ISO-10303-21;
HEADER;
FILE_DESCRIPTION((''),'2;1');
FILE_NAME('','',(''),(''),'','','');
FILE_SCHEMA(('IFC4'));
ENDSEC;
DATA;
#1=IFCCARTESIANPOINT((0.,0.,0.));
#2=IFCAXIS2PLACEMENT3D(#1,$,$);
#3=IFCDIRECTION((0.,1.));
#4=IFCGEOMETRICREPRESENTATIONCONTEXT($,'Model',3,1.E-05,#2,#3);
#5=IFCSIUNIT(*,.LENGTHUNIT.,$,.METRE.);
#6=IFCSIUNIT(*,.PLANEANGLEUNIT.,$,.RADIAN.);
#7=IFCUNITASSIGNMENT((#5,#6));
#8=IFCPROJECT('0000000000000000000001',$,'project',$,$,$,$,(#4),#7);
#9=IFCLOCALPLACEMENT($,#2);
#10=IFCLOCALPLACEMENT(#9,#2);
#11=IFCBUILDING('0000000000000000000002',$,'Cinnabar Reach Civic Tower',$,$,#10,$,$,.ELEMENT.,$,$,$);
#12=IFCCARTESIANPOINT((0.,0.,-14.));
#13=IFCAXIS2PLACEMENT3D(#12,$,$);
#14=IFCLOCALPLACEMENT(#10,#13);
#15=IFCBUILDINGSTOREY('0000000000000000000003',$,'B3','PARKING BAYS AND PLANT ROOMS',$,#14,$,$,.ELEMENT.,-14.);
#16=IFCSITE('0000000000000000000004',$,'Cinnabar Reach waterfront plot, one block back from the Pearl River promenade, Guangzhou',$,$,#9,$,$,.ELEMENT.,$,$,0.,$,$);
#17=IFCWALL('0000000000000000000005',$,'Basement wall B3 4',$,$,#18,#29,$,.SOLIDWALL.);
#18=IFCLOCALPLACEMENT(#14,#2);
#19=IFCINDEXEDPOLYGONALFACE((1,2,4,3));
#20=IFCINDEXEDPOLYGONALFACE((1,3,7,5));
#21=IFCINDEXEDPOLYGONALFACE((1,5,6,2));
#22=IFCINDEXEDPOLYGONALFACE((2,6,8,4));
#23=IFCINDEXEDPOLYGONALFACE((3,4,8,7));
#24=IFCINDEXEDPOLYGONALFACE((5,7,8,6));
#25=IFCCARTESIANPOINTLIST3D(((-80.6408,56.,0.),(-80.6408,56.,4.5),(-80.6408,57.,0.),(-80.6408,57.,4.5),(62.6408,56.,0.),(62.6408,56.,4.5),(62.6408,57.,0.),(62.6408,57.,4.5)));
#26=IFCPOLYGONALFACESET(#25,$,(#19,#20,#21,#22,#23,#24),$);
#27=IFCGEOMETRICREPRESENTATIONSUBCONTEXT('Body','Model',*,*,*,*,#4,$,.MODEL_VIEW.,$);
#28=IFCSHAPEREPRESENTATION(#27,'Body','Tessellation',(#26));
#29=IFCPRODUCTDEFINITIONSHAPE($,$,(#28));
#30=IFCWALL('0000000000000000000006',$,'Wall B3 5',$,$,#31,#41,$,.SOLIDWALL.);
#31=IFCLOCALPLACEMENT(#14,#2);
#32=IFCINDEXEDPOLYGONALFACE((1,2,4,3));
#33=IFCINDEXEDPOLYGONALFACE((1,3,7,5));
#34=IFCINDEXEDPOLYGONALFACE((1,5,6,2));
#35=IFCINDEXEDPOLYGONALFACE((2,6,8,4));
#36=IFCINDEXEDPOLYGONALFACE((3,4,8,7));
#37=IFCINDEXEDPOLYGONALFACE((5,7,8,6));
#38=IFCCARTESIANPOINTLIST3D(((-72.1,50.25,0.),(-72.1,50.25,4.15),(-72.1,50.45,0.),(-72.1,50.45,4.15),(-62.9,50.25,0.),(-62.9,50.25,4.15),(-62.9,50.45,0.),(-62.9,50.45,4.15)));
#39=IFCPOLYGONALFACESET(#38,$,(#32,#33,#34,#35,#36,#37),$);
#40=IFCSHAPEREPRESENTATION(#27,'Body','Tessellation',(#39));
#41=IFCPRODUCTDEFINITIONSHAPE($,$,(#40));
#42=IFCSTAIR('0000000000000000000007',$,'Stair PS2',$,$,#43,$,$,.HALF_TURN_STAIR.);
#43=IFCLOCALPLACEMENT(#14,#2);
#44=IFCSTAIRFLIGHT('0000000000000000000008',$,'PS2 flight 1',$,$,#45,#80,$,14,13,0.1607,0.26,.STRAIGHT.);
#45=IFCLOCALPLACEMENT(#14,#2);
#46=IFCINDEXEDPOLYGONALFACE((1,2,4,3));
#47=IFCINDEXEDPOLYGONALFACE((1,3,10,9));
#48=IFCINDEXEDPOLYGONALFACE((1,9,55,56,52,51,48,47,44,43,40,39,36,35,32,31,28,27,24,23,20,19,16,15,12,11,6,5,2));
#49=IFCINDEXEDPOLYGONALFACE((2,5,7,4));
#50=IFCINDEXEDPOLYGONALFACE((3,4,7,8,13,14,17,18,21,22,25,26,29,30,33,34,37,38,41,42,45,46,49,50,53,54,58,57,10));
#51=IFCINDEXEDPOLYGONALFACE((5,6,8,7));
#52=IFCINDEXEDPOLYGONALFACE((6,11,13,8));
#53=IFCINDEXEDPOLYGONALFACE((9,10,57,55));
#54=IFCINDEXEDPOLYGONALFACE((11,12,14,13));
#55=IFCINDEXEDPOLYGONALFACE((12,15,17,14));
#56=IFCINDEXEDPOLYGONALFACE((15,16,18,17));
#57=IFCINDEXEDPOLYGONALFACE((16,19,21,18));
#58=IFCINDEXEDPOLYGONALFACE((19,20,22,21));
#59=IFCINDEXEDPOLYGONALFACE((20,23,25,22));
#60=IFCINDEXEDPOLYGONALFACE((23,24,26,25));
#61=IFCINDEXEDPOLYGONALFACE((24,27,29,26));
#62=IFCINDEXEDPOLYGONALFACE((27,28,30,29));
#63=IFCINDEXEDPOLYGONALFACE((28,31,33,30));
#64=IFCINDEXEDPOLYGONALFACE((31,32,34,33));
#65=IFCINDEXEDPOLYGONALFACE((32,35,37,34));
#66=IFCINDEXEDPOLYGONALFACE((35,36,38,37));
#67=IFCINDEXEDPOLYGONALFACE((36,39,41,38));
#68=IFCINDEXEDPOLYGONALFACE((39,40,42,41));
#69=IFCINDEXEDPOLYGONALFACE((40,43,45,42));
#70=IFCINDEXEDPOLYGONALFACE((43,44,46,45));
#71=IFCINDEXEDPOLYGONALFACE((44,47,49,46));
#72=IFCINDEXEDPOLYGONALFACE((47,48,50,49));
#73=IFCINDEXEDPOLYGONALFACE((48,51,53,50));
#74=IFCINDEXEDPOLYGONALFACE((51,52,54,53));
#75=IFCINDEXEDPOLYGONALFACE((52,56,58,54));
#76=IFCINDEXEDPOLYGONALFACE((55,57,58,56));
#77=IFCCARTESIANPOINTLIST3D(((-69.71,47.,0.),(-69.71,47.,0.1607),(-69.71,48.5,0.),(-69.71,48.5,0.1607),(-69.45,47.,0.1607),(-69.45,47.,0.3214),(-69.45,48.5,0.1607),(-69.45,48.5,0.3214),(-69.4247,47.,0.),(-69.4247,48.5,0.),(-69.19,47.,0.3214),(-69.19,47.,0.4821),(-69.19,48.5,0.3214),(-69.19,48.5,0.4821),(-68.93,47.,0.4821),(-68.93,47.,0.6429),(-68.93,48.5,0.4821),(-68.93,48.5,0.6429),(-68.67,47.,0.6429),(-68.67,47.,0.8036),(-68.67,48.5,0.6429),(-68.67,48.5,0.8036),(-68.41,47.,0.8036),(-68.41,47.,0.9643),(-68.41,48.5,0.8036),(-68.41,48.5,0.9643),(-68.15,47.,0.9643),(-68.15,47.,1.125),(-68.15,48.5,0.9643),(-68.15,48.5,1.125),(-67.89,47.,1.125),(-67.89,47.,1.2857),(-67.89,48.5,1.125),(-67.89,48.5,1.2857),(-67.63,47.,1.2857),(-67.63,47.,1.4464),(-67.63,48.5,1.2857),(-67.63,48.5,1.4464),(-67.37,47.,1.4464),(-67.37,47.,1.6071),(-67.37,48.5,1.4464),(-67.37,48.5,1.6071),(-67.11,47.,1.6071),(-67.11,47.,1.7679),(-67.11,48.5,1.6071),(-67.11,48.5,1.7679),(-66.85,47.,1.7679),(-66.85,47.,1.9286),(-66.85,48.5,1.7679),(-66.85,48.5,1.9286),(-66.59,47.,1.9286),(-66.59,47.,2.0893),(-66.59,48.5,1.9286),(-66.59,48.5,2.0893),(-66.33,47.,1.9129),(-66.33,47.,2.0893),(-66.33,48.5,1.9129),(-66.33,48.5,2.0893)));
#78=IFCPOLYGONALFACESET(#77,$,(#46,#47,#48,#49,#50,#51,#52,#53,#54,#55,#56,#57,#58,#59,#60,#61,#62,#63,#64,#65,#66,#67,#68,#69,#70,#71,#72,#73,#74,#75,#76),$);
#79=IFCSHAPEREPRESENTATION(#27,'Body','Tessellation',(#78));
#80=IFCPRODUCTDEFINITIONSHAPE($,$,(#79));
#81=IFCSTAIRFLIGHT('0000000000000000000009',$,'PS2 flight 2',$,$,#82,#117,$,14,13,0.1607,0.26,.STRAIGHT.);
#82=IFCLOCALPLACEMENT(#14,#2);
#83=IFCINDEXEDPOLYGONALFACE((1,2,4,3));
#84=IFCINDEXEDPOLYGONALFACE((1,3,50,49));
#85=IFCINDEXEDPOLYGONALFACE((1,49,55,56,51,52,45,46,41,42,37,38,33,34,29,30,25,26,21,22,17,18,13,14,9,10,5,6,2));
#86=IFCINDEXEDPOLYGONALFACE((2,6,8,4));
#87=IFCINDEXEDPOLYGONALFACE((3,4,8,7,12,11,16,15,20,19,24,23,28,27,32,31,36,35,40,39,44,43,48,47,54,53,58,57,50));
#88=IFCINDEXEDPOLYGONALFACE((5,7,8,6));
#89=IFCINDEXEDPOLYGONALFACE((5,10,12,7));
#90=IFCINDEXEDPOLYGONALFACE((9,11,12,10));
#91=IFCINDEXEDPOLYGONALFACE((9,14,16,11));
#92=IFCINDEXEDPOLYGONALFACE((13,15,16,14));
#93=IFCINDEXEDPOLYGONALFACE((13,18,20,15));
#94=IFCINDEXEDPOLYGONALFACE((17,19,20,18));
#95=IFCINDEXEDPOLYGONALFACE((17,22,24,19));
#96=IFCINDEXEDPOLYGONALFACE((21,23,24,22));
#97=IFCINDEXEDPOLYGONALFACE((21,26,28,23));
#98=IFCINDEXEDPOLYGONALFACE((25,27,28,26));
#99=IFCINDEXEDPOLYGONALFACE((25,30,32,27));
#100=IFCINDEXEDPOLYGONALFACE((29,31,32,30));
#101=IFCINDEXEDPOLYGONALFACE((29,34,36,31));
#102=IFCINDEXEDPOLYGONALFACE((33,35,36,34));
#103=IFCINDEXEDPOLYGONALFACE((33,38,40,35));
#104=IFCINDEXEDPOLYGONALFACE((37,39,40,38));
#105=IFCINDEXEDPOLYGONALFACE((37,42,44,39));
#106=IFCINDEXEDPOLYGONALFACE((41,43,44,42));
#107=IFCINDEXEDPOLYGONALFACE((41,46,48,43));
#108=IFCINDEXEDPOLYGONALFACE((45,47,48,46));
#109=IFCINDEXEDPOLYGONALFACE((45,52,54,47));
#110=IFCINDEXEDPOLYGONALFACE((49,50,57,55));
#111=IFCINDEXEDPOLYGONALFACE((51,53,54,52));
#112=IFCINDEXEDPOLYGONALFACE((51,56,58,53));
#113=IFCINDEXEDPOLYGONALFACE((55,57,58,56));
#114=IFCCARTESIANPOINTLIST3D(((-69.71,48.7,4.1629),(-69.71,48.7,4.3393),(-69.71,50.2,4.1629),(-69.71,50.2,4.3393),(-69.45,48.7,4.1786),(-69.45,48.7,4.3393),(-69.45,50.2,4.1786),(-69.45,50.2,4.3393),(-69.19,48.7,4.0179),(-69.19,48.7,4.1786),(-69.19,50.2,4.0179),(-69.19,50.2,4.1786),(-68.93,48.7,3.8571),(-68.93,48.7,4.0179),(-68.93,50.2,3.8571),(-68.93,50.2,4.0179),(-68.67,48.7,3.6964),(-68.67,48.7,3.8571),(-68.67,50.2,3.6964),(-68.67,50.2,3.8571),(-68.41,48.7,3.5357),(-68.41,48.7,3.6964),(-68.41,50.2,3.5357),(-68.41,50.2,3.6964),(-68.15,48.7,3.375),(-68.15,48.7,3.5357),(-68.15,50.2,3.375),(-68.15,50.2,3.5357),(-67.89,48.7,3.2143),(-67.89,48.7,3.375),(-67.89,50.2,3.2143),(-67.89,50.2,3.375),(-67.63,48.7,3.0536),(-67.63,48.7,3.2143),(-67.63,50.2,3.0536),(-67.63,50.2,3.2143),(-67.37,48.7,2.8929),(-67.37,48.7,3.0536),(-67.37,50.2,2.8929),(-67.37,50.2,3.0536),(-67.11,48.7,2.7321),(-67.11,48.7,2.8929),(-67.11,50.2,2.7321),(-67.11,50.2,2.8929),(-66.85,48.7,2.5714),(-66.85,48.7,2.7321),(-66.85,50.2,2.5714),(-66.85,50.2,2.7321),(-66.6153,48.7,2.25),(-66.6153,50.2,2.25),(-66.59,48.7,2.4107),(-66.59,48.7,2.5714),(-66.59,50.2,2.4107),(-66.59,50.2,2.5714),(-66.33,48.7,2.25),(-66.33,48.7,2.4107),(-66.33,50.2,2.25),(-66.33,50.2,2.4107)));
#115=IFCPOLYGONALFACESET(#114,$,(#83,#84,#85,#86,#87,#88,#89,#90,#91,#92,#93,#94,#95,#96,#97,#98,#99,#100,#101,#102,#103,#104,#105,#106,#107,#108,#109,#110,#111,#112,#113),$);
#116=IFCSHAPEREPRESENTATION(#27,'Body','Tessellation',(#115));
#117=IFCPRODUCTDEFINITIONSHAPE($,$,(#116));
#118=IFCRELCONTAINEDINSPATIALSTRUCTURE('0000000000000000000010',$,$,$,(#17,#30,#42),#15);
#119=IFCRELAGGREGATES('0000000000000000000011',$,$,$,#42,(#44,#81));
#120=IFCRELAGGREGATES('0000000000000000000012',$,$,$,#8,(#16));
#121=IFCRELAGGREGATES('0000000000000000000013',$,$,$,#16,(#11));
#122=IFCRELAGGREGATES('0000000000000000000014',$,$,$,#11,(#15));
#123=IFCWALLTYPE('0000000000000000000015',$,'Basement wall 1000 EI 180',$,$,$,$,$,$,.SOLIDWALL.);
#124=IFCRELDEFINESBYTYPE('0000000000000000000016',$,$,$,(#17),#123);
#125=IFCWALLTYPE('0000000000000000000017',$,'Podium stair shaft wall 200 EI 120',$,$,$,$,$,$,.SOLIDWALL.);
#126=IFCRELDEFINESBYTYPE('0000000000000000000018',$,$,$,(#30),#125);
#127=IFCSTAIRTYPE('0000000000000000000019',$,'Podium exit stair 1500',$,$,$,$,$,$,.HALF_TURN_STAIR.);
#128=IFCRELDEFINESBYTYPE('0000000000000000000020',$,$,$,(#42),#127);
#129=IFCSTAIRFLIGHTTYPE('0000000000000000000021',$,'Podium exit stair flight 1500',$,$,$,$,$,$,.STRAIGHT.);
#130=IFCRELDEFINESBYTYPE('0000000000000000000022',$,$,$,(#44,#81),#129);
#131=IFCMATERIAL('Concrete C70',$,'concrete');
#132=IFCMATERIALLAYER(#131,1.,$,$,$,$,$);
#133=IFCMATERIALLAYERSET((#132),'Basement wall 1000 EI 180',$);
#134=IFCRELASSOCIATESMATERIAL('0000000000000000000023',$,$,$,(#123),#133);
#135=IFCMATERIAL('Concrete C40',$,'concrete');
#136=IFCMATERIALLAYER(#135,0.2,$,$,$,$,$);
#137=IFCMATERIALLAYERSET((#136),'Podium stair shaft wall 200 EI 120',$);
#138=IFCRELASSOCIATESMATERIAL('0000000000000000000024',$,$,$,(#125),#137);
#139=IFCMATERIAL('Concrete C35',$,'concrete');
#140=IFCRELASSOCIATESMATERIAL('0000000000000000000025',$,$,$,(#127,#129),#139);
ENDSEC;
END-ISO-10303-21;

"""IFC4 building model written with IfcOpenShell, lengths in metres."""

from ifc_helpers import new_model, si_unit, direction, frame, frame_2d, origin, place, context, subcontext, project, spatial, polyline, rectangle, outline, extrude, material, layer, layer_set, type_object, element, aggregate, save


model = new_model("IFC4")

# Units and contexts
model_context = context("Model", 3, precision=1e-05, world=origin(), true_north=direction((0.0, 1.0)))
body_context = subcontext(model_context, "Body", "Model", "MODEL_VIEW")
ifc_project = project(units=[si_unit("LENGTHUNIT", "METRE"), si_unit("PLANEANGLEUNIT", "RADIAN")], contexts=[model_context])

# Site, building, storey
site_placement = place(None, origin())
site = spatial("IfcSite", under=ifc_project, at=site_placement, Name="Cinnabar Reach waterfront plot, one block back from the Pearl River promenade, Guangzhou", CompositionType="ELEMENT", RefElevation=0.0)
building_placement = place(site_placement, origin())
building = spatial("IfcBuilding", under=site, at=building_placement, Name="Cinnabar Reach Civic Tower", CompositionType="ELEMENT")
storey_placement = place(building_placement, frame((0.0, 0.0, -14.0)))
storey = spatial("IfcBuildingStorey", under=building, at=storey_placement, Name="B3", Description="PARKING BAYS AND PLANT ROOMS", CompositionType="ELEMENT", Elevation=-14.0)

# Shared definitions
ifc_material_1 = material(Name="Concrete C40", Category="concrete")

# Shared definitions
ifc_material_2 = material(Name="Concrete C70", Category="concrete")

# Walls
ifc_layer_1 = layer(ifc_material_2, 1.0)
ifc_layer_set_1 = layer_set([ifc_layer_1], Name="Basement wall 1000 EI 180")
wall_type_1 = type_object("IfcWallType", Name="Basement wall 1000 EI 180", PredefinedType="SOLIDWALL", material=ifc_layer_set_1)
wall_1_placement = place(storey_placement, frame((-80.6408, 56.5, 0.0), z_axis=(0.0, 0.0, 1.0), x_axis=(1.0, 0.0, 0.0)))
element("IfcWall", 1, at=wall_1_placement, inside=storey, type_object=wall_type_1, Name="Basement wall B3 4", PredefinedType="SOLIDWALL", context=body_context, shape_type="SweptSolid", body=[
    extrude(rectangle(XDim=143.2816, YDim=1.0, at=frame_2d((71.6408, 0.0))), origin(), (0.0, 0.0, 1.0), 4.5),
])
ifc_layer_2 = layer(ifc_material_1, 0.2)
ifc_layer_set_2 = layer_set([ifc_layer_2], Name="Podium stair shaft wall 200 EI 120")
wall_type_2 = type_object("IfcWallType", Name="Podium stair shaft wall 200 EI 120", PredefinedType="SOLIDWALL", material=ifc_layer_set_2)
wall_2_placement = place(storey_placement, frame((-72.1, 50.35, 0.0), z_axis=(0.0, 0.0, 1.0), x_axis=(1.0, 0.0, 0.0)))
element("IfcWall", 2, at=wall_2_placement, inside=storey, type_object=wall_type_2, Name="Wall B3 5", PredefinedType="SOLIDWALL", context=body_context, shape_type="SweptSolid", body=[
    extrude(rectangle(XDim=9.2, YDim=0.2, at=frame_2d((4.6, 0.0))), origin(), (0.0, 0.0, 1.0), 4.15),
])

# Stair, stair flights
ifc_material_3 = material(Name="Concrete C35", Category="concrete")
stair_type = type_object("IfcStairType", Name="Podium exit stair 1500", PredefinedType="HALF_TURN_STAIR", material=ifc_material_3)
stair_placement = place(storey_placement, origin())
stair = element("IfcStair", 3, at=stair_placement, inside=storey, type_object=stair_type, Name="Stair PS2", PredefinedType="HALF_TURN_STAIR")
stair_flight_type = type_object("IfcStairFlightType", Name="Podium exit stair flight 1500", PredefinedType="STRAIGHT", material=ifc_material_3)
stair_flight_1_placement = place(storey_placement, frame((-69.71, 47.75, 0.0), z_axis=(0.0, 0.0, 1.0), x_axis=(1.0, 0.0, 0.0)))
stair_flight_1 = element("IfcStairFlight", 4, at=stair_flight_1_placement, type_object=stair_flight_type, Name="PS2 flight 1", NumberOfRisers=14, NumberOfTreads=13, PredefinedType="STRAIGHT", RiserHeight=0.1607, TreadLength=0.26, context=body_context, shape_type="SweptSolid", body=[
    extrude(outline(polyline([(0.0, 0.0), (0.0, 0.1607), (0.26, 0.1607), (0.26, 0.3214), (0.52, 0.3214), (0.52, 0.4821), (0.78, 0.4821), (0.78, 0.6429), (1.04, 0.6429), (1.04, 0.8036), (1.3, 0.8036), (1.3, 0.9643), (1.56, 0.9643), (1.56, 1.125), (1.82, 1.125), (1.82, 1.2857), (2.08, 1.2857), (2.08, 1.4464), (2.34, 1.4464), (2.34, 1.6071), (2.6, 1.6071), (2.6, 1.7679), (2.86, 1.7679), (2.86, 1.9286), (3.12, 1.9286), (3.12, 2.0893), (3.38, 2.0893), (3.38, 2.25), (3.38, 1.9129), (0.2853, 0.0), (0.0, 0.0)])), frame((0.0, 0.75, 0.0), z_axis=(0.0, -1.0, 0.0), x_axis=(1.0, 0.0, 0.0)), (0.0, 0.0, 1.0), 1.5),
])
stair_flight_2_placement = place(storey_placement, frame((-66.33, 49.45, 2.25), z_axis=(0.0, 0.0, 1.0), x_axis=(-1.0, 0.0, 0.0)))
stair_flight_2 = element("IfcStairFlight", 5, at=stair_flight_2_placement, type_object=stair_flight_type, Name="PS2 flight 2", NumberOfRisers=14, NumberOfTreads=13, PredefinedType="STRAIGHT", RiserHeight=0.1607, TreadLength=0.26, context=body_context, shape_type="SweptSolid", body=[
    extrude(outline(polyline([(0.0, 0.0), (0.0, 0.1607), (0.26, 0.1607), (0.26, 0.3214), (0.52, 0.3214), (0.52, 0.4821), (0.78, 0.4821), (0.78, 0.6429), (1.04, 0.6429), (1.04, 0.8036), (1.3, 0.8036), (1.3, 0.9643), (1.56, 0.9643), (1.56, 1.125), (1.82, 1.125), (1.82, 1.2857), (2.08, 1.2857), (2.08, 1.4464), (2.34, 1.4464), (2.34, 1.6071), (2.6, 1.6071), (2.6, 1.7679), (2.86, 1.7679), (2.86, 1.9286), (3.12, 1.9286), (3.12, 2.0893), (3.38, 2.0893), (3.38, 2.25), (3.38, 1.9129), (0.2853, 0.0), (0.0, 0.0)])), frame((0.0, 0.75, 0.0), z_axis=(0.0, -1.0, 0.0), x_axis=(1.0, 0.0, 0.0)), (0.0, 0.0, 1.0), 1.5),
])
aggregate(stair, [stair_flight_1, stair_flight_2])

save(model, "model.ifc")
